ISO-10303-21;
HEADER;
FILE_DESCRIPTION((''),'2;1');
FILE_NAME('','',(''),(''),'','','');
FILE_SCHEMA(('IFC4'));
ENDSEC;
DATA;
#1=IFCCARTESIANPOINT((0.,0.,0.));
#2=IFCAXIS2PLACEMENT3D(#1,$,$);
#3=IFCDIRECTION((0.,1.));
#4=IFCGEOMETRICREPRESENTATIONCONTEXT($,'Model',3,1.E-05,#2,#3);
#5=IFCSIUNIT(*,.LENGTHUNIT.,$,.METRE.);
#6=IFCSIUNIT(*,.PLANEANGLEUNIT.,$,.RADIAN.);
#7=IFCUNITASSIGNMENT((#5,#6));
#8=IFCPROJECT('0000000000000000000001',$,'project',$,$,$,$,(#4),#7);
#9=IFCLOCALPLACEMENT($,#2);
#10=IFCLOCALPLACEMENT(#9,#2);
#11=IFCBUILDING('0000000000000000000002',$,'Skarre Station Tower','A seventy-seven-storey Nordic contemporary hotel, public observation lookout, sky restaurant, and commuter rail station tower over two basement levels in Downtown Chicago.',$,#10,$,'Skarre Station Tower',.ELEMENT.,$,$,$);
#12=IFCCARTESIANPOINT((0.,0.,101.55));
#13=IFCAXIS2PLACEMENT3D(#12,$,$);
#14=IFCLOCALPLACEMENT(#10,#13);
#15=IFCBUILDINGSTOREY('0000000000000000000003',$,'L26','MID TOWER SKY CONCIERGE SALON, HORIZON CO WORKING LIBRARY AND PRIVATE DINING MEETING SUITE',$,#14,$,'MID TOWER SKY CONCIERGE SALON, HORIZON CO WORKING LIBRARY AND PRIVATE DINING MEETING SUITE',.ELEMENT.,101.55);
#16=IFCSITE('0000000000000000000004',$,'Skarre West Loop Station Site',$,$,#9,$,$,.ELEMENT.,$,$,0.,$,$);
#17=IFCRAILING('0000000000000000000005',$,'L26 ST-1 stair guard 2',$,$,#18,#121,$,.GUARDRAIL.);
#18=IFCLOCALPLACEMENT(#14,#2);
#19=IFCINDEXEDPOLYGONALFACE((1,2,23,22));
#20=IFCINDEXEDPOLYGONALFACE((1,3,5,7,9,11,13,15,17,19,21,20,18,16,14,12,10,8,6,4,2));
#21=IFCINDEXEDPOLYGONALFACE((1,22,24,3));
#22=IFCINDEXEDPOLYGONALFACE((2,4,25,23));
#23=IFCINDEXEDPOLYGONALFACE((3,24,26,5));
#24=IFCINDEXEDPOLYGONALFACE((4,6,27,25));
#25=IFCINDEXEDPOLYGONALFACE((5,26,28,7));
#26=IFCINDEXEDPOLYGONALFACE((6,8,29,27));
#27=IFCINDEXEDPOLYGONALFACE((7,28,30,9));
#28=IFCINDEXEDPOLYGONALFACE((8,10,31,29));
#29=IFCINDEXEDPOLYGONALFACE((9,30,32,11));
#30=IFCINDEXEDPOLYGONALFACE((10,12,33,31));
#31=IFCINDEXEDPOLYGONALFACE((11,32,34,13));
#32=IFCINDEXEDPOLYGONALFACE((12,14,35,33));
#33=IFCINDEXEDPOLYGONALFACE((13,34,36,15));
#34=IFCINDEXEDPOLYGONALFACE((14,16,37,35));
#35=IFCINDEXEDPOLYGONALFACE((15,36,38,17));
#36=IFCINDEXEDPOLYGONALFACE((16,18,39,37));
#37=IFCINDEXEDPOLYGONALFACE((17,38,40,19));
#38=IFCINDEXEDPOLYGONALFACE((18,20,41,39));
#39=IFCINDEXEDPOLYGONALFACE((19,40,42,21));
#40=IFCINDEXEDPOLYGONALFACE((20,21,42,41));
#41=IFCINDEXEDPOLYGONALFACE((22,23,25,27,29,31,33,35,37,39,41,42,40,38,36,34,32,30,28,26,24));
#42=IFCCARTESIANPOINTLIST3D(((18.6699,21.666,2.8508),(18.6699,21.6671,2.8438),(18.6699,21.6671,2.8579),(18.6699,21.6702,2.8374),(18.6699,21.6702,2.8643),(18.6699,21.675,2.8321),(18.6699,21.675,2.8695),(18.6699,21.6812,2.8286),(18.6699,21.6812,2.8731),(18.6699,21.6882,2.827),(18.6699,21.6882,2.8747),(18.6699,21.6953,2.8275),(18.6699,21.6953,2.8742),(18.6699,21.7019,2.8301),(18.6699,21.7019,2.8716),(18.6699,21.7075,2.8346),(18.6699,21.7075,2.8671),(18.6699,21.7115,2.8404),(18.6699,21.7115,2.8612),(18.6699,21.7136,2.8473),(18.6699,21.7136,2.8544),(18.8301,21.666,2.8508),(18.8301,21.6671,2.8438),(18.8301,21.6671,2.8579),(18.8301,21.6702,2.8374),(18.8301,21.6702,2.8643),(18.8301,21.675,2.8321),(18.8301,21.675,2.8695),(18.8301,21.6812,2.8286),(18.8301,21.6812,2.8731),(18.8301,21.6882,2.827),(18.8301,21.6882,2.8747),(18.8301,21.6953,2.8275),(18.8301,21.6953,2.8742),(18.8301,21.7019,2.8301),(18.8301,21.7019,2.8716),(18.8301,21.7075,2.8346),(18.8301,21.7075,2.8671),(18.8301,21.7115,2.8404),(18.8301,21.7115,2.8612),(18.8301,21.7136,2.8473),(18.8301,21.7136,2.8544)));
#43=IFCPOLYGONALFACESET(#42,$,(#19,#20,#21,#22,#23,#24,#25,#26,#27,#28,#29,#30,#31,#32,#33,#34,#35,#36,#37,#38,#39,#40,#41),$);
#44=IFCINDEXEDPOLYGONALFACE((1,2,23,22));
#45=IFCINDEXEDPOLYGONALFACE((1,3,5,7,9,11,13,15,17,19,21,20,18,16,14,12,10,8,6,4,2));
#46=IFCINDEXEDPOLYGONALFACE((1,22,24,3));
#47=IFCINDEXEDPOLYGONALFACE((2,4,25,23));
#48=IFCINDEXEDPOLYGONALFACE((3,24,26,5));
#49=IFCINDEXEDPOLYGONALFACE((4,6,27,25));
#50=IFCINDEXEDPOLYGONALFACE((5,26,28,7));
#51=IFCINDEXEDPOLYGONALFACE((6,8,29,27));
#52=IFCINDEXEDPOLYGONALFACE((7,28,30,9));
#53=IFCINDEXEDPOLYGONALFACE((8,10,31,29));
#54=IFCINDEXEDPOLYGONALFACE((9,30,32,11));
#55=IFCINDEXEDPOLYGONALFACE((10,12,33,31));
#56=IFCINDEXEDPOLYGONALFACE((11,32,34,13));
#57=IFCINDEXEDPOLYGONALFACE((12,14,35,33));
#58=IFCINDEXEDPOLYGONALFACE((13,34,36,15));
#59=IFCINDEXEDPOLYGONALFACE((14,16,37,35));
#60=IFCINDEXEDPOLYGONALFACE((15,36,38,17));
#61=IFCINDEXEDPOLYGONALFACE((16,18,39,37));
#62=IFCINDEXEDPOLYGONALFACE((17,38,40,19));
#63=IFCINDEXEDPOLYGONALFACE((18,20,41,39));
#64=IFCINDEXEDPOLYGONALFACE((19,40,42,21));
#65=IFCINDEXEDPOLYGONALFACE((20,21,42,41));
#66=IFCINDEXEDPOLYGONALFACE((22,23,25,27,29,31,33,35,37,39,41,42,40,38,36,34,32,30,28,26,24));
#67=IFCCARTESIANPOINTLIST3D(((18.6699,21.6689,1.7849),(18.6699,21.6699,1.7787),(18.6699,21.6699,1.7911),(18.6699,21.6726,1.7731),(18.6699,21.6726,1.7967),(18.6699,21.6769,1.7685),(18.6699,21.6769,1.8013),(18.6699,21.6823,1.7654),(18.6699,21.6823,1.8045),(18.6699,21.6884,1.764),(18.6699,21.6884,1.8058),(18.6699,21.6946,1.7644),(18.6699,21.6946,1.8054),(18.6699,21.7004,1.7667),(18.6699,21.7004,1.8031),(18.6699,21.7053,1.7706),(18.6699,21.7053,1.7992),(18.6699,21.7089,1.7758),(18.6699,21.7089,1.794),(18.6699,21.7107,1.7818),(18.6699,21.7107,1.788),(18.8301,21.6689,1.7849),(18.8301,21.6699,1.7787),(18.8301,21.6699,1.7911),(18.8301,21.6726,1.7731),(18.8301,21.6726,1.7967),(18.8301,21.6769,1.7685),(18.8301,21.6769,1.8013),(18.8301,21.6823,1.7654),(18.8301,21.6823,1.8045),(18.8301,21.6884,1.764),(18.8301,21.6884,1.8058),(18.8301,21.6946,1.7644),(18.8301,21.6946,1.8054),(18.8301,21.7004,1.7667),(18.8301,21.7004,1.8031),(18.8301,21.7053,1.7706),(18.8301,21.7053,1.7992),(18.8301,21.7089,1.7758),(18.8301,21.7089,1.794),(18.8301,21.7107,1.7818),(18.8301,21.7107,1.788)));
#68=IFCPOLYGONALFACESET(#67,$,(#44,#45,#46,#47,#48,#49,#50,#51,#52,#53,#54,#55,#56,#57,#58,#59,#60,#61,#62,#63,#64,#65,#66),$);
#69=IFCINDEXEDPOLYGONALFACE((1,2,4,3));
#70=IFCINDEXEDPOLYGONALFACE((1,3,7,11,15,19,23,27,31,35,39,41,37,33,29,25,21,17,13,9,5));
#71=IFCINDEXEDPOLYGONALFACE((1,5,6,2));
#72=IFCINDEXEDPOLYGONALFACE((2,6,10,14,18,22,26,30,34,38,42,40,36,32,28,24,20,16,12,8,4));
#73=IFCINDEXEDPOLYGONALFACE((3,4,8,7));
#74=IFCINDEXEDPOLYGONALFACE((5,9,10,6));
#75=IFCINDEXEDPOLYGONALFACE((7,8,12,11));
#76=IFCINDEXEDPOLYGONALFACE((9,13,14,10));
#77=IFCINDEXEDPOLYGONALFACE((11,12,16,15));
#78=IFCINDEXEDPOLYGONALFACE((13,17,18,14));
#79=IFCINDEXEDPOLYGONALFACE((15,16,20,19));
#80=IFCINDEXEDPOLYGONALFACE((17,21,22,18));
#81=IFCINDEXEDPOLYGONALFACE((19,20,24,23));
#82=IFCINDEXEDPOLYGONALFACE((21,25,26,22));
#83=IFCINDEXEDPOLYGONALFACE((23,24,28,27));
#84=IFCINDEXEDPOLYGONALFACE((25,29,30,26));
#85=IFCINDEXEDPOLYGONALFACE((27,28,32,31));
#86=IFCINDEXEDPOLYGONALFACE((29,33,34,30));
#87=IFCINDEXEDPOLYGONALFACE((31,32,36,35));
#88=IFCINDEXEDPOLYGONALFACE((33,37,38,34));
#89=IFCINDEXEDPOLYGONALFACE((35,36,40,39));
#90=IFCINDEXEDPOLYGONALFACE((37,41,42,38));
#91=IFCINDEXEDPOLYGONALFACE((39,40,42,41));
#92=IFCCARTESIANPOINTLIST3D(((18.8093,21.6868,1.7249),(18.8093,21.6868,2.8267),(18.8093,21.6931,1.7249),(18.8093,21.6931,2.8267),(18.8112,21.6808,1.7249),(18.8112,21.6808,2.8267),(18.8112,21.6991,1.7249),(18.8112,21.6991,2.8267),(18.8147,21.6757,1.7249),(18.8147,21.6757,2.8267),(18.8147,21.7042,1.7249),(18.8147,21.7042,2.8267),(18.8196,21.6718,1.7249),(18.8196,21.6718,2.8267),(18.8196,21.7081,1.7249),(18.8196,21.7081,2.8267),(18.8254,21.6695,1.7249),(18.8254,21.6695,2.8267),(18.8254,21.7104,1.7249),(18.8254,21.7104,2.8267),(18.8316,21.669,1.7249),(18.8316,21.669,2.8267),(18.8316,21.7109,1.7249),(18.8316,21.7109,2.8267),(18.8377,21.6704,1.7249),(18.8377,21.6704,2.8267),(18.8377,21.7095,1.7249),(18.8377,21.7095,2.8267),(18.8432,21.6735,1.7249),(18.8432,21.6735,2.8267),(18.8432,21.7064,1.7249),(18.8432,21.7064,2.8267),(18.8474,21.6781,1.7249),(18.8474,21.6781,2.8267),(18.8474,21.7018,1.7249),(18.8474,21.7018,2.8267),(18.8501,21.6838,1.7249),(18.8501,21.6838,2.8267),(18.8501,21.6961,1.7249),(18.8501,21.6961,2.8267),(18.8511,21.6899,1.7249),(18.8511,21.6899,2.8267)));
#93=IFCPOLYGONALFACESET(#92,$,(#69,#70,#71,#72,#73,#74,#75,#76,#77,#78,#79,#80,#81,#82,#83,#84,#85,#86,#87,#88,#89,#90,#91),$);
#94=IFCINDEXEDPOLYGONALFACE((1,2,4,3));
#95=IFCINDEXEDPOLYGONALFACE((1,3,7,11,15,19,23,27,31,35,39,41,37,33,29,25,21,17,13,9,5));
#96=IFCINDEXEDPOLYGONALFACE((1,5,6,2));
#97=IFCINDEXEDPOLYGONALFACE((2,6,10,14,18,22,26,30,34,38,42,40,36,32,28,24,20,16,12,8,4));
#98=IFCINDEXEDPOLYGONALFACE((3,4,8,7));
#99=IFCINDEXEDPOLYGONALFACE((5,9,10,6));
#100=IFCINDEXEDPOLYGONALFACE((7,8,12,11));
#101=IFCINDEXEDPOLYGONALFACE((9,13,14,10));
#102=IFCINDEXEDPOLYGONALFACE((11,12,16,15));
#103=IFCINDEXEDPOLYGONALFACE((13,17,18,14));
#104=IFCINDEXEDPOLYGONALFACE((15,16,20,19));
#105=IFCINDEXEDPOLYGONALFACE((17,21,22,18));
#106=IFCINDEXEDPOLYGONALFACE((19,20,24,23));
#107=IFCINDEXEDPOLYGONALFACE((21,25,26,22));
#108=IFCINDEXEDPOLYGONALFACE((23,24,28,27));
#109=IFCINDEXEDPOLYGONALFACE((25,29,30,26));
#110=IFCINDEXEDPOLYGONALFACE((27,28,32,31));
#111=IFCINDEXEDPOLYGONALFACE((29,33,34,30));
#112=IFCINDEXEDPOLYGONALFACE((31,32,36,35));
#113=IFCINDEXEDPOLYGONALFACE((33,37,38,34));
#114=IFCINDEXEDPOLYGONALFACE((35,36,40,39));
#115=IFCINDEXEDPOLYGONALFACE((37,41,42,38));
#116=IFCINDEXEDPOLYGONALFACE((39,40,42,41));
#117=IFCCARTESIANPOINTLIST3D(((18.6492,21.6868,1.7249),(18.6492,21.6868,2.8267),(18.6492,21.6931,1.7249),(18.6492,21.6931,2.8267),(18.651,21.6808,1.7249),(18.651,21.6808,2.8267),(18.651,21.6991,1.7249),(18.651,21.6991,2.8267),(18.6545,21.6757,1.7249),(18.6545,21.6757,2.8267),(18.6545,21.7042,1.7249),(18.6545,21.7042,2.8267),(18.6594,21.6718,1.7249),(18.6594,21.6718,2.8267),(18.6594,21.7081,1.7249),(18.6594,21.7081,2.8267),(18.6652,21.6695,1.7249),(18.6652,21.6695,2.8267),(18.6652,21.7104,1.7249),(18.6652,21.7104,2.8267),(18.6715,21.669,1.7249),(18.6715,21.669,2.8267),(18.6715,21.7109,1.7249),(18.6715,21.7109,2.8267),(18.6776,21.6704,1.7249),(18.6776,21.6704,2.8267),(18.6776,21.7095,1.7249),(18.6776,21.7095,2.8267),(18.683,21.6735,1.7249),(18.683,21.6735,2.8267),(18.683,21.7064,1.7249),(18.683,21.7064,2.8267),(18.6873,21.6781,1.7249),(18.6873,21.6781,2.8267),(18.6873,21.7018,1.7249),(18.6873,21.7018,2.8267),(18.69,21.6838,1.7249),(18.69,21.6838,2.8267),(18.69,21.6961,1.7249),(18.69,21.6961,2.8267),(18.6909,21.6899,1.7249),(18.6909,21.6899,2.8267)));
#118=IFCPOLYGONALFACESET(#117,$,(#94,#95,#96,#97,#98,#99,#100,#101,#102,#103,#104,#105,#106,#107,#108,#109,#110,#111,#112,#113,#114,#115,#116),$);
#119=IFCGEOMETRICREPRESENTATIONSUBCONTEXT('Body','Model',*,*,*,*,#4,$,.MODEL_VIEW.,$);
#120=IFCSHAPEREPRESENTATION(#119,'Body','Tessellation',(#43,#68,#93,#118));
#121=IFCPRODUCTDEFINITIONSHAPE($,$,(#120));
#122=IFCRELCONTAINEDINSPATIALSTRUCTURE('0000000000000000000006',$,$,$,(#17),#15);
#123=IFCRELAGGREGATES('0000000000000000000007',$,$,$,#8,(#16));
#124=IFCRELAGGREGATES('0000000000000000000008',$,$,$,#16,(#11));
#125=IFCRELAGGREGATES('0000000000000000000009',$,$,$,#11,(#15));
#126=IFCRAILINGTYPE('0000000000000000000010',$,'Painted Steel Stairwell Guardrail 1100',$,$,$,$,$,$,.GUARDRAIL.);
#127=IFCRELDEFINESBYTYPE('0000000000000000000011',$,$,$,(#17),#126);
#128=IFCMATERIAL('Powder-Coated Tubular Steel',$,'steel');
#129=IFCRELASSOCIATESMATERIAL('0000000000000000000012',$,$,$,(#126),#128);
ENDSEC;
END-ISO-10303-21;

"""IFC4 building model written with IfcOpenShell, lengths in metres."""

from ifc_helpers import new_model, si_unit, direction, frame, origin, origin_2d, place, context, subcontext, project, spatial, circle, extrude, material, type_object, element, save


model = new_model("IFC4")

# Units and contexts
model_context = context("Model", 3, precision=1e-05, world=origin(), true_north=direction((0.0, 1.0)))
body_context = subcontext(model_context, "Body", "Model", "MODEL_VIEW")
ifc_project = project(units=[si_unit("LENGTHUNIT", "METRE"), si_unit("PLANEANGLEUNIT", "RADIAN")], contexts=[model_context])

# Site, building, storey
site_placement = place(None, origin())
site = spatial("IfcSite", under=ifc_project, at=site_placement, Name="Skarre West Loop Station Site", CompositionType="ELEMENT", RefElevation=0.0)
building_placement = place(site_placement, origin())
building = spatial("IfcBuilding", under=site, at=building_placement, Name="Skarre Station Tower", Description="A seventy-seven-storey Nordic contemporary hotel, public observation lookout, sky restaurant, and commuter rail station tower over two basement levels in Downtown Chicago.", LongName="Skarre Station Tower", CompositionType="ELEMENT")
storey_placement = place(building_placement, frame((0.0, 0.0, 101.55)))
storey = spatial("IfcBuildingStorey", under=building, at=storey_placement, Name="L26", Description="MID TOWER SKY CONCIERGE SALON, HORIZON CO WORKING LIBRARY AND PRIVATE DINING MEETING SUITE", LongName="MID TOWER SKY CONCIERGE SALON, HORIZON CO WORKING LIBRARY AND PRIVATE DINING MEETING SUITE", CompositionType="ELEMENT", Elevation=101.55)

# Railing
ifc_material_1 = material(Name="Powder-Coated Tubular Steel", Category="steel")
railing_type_1 = type_object("IfcRailingType", Name="Painted Steel Stairwell Guardrail 1100", PredefinedType="GUARDRAIL", material=ifc_material_1)
railing_1_placement = place(storey_placement, frame((18.8301, 21.6899, 1.7249)))
element("IfcRailing", 1, at=railing_1_placement, inside=storey, type_object=railing_type_1, Name="L26 ST-1 stair guard 2", PredefinedType="GUARDRAIL", context=body_context, shape_type="SweptSolid", body=[
    extrude(circle(Radius=0.0239, at=origin_2d()), frame((0.0, 0.0, 1.126), z_axis=(-1.0, 0.0, 0.0), x_axis=(0.0, -1.0, 0.0)), (0.0, 0.0, 1.0), 0.1602),
    extrude(circle(Radius=0.021, at=origin_2d()), frame((0.0, 0.0, 0.0601), z_axis=(-1.0, 0.0, 0.0), x_axis=(0.0, -1.0, 0.0)), (0.0, 0.0, 1.0), 0.1602),
    extrude(circle(Radius=0.021, at=origin_2d()), origin(), (0.0, 0.0, 1.0), 1.1018),
    extrude(circle(Radius=0.021, at=origin_2d()), frame((-0.1602, 0.0, 0.0)), (0.0, 0.0, 1.0), 1.1018),
])

save(model, "model.ifc")
